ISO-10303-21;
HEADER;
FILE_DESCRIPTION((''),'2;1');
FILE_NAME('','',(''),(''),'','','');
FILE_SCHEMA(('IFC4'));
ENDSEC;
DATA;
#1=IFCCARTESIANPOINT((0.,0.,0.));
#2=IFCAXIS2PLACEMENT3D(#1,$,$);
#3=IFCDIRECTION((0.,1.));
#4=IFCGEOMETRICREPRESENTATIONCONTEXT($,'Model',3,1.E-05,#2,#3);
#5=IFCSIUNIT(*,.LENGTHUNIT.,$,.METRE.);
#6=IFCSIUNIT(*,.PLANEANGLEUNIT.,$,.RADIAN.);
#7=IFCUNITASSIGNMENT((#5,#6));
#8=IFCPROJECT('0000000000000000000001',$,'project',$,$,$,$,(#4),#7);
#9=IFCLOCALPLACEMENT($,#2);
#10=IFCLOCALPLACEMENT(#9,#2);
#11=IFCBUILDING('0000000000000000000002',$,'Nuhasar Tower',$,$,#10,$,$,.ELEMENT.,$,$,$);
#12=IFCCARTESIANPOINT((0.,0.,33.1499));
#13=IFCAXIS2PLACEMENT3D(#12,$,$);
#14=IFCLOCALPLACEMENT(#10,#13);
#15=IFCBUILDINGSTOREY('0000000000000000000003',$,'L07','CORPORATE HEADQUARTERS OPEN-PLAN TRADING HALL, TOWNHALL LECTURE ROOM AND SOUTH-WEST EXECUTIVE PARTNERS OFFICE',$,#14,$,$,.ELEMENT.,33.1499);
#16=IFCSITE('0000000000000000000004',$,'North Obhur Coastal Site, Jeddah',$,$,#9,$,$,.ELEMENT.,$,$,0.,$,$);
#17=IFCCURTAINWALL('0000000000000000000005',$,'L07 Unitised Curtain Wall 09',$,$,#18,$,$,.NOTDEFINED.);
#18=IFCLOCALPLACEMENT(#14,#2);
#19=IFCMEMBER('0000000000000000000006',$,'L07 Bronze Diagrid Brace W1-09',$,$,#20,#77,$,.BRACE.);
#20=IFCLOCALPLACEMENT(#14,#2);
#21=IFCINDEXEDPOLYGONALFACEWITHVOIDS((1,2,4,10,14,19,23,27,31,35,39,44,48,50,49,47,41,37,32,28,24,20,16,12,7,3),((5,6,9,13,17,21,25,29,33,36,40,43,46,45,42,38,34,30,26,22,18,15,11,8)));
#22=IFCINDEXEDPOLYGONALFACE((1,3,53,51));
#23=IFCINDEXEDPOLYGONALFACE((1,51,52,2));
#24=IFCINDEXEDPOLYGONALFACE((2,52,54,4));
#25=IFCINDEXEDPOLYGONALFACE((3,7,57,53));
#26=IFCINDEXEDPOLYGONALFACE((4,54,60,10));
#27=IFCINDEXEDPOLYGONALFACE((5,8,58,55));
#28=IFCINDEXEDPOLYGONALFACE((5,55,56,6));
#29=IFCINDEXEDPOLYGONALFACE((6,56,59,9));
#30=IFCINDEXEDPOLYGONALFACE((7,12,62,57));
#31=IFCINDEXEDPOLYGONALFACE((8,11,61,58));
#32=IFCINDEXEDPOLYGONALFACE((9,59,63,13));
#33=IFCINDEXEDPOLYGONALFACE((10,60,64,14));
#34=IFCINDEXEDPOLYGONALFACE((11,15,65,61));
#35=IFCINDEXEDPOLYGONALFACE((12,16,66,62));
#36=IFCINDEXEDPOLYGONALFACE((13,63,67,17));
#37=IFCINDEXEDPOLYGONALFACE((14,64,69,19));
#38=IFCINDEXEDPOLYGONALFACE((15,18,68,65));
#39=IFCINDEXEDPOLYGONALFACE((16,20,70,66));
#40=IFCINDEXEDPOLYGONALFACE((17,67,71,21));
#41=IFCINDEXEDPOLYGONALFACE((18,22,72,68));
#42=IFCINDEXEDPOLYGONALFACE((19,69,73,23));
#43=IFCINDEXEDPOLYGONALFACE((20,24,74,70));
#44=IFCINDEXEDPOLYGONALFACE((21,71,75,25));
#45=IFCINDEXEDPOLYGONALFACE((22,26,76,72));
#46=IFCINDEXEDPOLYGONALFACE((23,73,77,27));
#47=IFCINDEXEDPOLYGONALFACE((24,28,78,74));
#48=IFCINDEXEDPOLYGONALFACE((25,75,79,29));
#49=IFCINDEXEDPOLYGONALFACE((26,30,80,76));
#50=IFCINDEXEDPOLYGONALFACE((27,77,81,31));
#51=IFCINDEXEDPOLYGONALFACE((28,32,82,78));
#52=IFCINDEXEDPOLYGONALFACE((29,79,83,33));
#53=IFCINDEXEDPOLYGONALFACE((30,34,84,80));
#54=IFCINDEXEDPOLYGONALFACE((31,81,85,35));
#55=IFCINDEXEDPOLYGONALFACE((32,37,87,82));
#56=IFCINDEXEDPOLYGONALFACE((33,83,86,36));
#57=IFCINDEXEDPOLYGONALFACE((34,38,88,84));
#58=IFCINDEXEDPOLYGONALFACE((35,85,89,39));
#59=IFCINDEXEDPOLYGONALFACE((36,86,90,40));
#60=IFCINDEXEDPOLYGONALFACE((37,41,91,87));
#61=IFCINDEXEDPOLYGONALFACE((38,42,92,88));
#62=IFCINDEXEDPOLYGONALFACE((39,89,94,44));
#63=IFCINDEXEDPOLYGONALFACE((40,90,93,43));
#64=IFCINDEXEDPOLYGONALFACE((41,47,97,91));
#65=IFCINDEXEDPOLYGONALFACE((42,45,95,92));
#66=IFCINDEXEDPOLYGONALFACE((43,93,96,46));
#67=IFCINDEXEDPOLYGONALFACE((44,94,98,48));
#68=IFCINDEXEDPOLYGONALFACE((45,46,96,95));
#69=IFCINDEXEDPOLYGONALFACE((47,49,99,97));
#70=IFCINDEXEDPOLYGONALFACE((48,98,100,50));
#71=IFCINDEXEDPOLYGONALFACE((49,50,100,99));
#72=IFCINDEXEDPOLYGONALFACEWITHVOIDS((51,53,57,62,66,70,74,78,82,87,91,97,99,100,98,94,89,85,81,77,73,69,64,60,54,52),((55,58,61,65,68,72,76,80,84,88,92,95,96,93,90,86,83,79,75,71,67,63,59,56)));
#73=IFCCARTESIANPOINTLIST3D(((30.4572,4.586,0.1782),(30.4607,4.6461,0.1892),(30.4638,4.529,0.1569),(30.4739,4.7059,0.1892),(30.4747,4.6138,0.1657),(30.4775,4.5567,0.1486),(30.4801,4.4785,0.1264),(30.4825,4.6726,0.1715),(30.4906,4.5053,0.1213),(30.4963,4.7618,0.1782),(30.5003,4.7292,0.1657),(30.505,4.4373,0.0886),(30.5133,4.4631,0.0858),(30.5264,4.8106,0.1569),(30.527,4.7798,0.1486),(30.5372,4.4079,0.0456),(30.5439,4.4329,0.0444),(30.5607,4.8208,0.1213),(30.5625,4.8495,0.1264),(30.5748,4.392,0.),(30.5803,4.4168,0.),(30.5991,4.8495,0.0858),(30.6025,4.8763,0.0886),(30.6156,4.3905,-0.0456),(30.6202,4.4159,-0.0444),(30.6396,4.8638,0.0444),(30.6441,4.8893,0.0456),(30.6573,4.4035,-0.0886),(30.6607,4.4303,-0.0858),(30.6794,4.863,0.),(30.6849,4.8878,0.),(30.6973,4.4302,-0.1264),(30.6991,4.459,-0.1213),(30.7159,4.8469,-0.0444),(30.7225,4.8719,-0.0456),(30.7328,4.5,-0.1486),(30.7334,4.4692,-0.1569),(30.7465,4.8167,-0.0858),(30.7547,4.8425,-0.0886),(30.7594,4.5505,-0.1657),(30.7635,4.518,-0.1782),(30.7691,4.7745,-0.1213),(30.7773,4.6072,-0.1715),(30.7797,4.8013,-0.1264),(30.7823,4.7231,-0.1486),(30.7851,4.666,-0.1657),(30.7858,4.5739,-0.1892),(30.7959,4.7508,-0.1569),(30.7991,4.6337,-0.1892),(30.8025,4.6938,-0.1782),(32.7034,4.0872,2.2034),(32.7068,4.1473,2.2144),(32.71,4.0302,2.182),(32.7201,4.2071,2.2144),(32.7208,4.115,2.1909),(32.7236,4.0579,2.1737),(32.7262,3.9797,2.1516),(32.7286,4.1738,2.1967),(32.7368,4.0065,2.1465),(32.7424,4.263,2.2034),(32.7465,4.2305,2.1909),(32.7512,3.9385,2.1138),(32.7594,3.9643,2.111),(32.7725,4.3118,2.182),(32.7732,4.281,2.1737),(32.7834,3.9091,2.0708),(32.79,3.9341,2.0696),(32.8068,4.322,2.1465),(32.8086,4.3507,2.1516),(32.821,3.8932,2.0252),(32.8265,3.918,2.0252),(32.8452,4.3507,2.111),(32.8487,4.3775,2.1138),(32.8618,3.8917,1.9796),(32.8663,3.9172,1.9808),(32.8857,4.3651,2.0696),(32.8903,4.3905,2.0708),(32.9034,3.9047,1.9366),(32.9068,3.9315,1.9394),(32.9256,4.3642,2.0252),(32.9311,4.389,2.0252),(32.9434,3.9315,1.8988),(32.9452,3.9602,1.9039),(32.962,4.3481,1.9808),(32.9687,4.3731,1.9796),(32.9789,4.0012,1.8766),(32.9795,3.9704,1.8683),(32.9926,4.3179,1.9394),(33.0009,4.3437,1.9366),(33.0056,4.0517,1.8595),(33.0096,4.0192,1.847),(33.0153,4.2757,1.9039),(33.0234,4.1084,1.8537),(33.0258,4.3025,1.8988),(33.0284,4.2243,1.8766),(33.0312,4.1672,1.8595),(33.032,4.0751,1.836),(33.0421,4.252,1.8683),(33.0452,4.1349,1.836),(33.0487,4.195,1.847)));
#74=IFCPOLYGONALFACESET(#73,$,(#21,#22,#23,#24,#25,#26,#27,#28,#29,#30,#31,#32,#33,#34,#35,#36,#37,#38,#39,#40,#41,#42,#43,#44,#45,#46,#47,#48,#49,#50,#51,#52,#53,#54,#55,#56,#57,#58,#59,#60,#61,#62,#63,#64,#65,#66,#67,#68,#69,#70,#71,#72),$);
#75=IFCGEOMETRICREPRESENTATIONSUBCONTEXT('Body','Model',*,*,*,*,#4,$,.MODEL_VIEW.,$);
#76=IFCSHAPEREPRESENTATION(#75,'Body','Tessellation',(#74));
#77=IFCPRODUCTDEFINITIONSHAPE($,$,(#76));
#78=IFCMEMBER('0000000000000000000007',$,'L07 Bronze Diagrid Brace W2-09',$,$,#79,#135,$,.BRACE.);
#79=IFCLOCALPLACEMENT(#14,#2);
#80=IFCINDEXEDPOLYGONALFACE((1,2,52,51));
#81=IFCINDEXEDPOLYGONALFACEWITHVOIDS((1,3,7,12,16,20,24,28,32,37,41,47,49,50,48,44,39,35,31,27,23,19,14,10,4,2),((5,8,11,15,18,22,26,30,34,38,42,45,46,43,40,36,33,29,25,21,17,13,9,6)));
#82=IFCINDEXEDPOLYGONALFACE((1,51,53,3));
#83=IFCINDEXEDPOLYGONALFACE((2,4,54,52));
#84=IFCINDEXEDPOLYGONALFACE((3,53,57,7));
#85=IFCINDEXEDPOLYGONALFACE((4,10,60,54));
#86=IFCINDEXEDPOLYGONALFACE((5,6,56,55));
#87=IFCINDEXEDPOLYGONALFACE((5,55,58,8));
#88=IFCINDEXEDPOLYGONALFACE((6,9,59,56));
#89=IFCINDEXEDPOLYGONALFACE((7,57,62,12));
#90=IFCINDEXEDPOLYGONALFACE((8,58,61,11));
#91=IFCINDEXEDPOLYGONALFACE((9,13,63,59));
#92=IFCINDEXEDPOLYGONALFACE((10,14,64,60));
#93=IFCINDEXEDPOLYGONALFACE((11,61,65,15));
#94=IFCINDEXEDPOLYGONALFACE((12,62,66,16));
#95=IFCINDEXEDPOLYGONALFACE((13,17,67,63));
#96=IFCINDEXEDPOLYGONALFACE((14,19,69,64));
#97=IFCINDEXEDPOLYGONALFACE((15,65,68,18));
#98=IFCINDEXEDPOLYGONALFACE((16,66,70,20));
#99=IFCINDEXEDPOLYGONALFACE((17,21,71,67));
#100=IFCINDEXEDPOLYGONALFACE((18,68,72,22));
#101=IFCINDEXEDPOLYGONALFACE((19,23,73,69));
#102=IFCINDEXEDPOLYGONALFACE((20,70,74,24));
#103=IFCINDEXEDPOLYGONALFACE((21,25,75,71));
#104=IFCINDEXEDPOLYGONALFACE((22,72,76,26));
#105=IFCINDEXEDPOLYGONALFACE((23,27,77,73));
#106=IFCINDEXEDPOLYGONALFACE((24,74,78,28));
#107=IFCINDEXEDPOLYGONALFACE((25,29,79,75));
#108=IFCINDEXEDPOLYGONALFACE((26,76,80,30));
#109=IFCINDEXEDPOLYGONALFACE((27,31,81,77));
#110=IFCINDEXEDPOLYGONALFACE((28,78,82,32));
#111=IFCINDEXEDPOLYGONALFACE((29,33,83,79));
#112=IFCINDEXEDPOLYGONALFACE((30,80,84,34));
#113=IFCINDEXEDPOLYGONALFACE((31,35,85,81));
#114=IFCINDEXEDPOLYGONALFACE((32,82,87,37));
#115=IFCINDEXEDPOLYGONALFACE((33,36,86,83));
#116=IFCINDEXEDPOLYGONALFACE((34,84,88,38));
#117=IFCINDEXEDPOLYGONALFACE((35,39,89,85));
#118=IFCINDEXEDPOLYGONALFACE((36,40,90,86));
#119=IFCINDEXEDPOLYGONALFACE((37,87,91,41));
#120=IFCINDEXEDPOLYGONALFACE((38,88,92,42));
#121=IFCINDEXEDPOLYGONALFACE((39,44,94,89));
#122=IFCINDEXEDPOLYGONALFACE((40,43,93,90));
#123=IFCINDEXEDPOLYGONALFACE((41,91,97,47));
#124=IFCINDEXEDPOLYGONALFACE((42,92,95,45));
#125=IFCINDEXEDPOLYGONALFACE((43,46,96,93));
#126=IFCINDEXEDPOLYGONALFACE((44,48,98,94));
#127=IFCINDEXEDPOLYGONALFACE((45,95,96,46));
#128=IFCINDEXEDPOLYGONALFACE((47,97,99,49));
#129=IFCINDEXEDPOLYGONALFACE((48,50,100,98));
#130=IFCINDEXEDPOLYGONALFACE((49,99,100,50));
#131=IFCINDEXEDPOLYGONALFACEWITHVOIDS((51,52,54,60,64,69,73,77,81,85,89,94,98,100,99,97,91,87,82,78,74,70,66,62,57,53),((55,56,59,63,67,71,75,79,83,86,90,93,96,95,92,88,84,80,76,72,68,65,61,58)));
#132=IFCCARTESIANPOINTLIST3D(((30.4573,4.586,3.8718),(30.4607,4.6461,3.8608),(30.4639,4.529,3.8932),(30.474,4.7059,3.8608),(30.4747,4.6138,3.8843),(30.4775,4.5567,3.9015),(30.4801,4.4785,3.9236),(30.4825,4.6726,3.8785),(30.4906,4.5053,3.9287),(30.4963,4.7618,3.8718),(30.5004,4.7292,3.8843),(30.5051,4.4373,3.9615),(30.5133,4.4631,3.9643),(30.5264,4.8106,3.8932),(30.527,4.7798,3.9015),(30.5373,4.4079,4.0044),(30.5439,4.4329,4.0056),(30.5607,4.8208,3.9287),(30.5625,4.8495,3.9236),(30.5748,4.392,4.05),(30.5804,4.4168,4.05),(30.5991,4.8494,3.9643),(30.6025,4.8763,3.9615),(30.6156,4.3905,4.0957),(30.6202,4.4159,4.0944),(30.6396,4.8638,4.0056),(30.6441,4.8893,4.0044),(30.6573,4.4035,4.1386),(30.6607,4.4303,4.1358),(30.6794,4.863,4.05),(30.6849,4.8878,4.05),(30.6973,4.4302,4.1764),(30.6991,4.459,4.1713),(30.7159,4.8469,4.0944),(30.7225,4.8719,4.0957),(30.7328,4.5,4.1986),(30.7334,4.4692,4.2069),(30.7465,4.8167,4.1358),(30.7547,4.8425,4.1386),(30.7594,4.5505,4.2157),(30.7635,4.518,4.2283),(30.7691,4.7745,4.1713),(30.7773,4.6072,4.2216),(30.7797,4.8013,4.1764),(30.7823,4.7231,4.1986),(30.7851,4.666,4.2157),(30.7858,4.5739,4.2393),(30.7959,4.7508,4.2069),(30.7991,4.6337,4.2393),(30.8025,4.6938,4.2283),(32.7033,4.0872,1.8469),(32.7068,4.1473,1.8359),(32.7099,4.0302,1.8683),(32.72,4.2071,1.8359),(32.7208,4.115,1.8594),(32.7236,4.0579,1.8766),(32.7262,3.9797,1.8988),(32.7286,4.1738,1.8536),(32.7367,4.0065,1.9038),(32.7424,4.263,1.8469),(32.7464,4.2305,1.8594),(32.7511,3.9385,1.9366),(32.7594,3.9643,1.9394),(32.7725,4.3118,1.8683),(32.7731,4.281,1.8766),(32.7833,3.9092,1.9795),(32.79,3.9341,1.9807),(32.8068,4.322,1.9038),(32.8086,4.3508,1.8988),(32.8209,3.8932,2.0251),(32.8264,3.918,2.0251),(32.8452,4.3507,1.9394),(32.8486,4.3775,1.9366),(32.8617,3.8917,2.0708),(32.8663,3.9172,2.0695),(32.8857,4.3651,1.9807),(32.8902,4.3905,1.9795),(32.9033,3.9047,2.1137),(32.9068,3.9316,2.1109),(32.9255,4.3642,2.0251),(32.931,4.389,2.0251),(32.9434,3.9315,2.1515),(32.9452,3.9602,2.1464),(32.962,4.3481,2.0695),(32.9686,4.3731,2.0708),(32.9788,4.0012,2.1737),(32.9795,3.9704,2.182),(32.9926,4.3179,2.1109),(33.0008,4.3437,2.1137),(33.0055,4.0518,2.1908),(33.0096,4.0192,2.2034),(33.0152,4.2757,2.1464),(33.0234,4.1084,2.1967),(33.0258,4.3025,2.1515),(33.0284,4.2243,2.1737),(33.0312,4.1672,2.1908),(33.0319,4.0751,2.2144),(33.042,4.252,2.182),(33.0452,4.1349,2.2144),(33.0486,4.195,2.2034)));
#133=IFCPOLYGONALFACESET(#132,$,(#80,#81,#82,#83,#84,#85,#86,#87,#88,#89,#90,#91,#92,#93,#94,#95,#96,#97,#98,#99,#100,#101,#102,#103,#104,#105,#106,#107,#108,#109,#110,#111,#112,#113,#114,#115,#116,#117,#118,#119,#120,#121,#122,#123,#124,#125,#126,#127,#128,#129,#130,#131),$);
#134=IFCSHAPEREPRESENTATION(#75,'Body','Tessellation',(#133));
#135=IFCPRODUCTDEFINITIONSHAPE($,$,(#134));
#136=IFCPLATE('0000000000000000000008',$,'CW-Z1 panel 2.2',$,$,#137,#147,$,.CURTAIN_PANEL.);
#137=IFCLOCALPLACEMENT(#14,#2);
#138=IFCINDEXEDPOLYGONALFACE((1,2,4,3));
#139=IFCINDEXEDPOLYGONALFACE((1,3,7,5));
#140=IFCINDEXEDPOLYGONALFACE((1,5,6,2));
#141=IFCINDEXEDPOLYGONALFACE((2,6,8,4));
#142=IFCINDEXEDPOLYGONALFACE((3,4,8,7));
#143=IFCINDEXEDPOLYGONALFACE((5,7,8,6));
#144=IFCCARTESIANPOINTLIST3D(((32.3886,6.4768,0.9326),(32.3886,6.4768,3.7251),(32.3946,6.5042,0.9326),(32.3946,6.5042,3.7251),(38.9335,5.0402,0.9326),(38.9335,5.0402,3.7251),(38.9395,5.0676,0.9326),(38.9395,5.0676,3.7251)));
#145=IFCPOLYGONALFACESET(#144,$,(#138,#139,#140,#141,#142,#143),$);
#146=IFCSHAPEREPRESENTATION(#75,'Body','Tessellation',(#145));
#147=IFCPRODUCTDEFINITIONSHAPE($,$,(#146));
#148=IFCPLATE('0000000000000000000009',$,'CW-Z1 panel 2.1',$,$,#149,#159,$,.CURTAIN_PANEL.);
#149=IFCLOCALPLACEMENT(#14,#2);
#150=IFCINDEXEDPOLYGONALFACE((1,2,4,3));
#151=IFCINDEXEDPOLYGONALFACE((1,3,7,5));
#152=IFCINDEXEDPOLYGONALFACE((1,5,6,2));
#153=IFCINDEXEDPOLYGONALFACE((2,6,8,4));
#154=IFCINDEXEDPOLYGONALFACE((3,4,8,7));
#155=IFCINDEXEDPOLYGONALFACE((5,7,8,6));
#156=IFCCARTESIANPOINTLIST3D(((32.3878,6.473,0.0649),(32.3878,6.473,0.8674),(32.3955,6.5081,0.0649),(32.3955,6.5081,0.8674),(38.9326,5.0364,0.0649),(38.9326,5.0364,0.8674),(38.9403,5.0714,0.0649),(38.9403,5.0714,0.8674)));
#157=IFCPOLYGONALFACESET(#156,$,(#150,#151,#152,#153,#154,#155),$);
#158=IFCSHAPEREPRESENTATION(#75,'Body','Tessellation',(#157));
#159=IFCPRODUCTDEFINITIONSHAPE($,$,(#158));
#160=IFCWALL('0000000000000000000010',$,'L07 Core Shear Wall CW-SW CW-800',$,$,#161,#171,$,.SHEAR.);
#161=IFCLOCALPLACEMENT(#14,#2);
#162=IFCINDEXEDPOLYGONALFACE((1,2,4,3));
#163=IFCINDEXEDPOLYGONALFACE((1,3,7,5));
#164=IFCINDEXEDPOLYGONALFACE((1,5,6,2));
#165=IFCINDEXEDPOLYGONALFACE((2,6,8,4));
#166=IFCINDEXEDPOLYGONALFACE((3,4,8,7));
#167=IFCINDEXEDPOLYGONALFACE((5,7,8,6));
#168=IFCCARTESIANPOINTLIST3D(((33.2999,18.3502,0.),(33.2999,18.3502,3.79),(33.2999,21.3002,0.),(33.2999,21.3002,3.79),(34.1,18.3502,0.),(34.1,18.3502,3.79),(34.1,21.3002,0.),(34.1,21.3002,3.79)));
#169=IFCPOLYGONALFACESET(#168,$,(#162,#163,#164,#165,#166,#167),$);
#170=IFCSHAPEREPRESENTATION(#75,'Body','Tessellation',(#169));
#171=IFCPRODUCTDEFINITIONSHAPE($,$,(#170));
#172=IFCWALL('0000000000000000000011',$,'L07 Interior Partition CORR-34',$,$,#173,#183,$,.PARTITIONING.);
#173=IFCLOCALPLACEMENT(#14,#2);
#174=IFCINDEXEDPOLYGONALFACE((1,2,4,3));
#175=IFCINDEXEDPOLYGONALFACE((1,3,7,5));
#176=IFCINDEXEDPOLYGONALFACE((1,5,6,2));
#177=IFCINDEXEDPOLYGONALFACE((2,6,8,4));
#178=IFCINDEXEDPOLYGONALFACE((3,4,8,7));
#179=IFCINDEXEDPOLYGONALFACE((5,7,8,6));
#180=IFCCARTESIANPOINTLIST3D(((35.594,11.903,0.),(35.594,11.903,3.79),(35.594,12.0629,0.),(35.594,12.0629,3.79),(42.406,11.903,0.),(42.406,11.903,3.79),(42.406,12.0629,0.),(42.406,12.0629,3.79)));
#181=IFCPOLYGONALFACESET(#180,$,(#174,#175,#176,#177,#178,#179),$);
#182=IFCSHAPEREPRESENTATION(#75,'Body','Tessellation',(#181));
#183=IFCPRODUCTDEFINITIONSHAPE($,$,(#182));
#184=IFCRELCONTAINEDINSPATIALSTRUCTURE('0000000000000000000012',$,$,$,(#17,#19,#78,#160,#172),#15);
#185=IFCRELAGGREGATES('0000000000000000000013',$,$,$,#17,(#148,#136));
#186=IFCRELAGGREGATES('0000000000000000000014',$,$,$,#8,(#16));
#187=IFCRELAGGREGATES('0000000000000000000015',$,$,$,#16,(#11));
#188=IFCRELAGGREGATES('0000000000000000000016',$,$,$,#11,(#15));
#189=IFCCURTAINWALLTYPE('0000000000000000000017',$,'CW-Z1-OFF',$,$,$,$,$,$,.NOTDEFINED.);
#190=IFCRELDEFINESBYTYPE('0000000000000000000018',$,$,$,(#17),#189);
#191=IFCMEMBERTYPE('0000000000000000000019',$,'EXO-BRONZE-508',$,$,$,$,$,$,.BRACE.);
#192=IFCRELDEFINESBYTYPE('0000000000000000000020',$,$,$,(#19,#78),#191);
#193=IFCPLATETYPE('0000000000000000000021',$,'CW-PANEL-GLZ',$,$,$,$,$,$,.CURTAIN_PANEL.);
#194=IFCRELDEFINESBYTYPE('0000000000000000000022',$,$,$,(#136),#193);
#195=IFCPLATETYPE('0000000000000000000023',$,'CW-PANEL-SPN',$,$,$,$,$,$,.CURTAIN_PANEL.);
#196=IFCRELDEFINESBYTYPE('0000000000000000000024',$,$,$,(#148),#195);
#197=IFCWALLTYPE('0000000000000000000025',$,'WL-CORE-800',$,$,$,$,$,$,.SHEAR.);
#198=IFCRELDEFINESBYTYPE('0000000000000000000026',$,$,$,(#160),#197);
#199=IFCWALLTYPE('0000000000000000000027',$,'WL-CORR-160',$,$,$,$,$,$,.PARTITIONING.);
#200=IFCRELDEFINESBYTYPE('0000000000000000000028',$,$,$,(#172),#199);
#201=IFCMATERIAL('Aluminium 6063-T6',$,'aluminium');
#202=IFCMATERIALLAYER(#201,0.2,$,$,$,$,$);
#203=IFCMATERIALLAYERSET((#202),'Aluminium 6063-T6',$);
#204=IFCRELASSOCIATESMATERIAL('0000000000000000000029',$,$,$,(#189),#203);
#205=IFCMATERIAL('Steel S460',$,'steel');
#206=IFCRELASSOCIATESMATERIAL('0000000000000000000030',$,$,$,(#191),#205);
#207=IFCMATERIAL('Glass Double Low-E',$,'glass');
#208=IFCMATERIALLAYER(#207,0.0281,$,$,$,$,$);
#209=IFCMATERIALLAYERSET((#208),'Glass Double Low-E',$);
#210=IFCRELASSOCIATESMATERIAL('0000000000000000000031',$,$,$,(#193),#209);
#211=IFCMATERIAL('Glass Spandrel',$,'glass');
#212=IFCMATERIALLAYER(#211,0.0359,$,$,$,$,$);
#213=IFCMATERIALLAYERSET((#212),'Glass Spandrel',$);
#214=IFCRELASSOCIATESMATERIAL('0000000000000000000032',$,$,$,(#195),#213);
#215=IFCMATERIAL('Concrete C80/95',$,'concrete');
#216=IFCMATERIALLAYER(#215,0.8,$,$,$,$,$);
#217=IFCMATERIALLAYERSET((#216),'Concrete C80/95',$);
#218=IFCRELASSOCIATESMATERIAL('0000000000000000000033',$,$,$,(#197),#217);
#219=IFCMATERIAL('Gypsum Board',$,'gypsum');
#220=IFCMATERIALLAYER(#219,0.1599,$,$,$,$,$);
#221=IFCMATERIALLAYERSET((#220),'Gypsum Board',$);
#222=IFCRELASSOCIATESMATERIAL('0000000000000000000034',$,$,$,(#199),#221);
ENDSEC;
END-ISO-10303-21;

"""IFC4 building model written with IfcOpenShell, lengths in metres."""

from ifc_helpers import new_model, si_unit, direction, frame, frame_2d, origin, origin_2d, place, context, subcontext, project, spatial, rectangle, hollow_circle, extrude, material, layer, layer_set, material_profile, profile_set, type_object, element, aggregate, save


model = new_model("IFC4")

# Units and contexts
model_context = context("Model", 3, precision=1e-05, world=origin(), true_north=direction((0.0, 1.0)))
body_context = subcontext(model_context, "Body", "Model", "MODEL_VIEW")
ifc_project = project(units=[si_unit("LENGTHUNIT", "METRE"), si_unit("PLANEANGLEUNIT", "RADIAN")], contexts=[model_context])

# Site, building, storey
site_placement = place(None, origin())
site = spatial("IfcSite", under=ifc_project, at=site_placement, Name="North Obhur Coastal Site, Jeddah", CompositionType="ELEMENT", RefElevation=0.0)
building_placement = place(site_placement, origin())
building = spatial("IfcBuilding", under=site, at=building_placement, Name="Nuhasar Tower", CompositionType="ELEMENT")
storey_placement = place(building_placement, frame((0.0, 0.0, 33.1499)))
storey = spatial("IfcBuildingStorey", under=building, at=storey_placement, Name="L07", Description="CORPORATE HEADQUARTERS OPEN-PLAN TRADING HALL, TOWNHALL LECTURE ROOM AND SOUTH-WEST EXECUTIVE PARTNERS OFFICE", CompositionType="ELEMENT", Elevation=33.1499)

# Shared definitions
ifc_material_1 = material(Name="Concrete C80/95", Category="concrete")

# Curtain wall
ifc_material_2 = material(Name="Aluminium 6063-T6", Category="aluminium")
ifc_layer_1 = layer(ifc_material_2, 0.2)
ifc_layer_set_1 = layer_set([ifc_layer_1], Name="Aluminium 6063-T6")
curtain_wall_type = type_object("IfcCurtainWallType", Name="CW-Z1-OFF", PredefinedType="NOTDEFINED", material=ifc_layer_set_1)
curtain_wall_placement = place(storey_placement, origin())
curtain_wall = element("IfcCurtainWall", 1, at=curtain_wall_placement, inside=storey, type_object=curtain_wall_type, Name="L07 Unitised Curtain Wall 09", PredefinedType="NOTDEFINED")

# Members
ifc_material_3 = material(Name="Steel S460", Category="steel")
ifc_material_profile_1 = material_profile(ifc_material_3, hollow_circle(Radius=0.2539, WallThickness=0.0254, at=origin_2d()), Name="HSS508X25.4")
ifc_profile_set_1 = profile_set([ifc_material_profile_1], Name="Steel S460")
member_type_1 = type_object("IfcMemberType", Name="EXO-BRONZE-508", PredefinedType="BRACE", material=ifc_profile_set_1)
member_1_placement = place(storey_placement, frame((30.6299, 4.6399, 0.0), z_axis=(0.732792, -0.162728, 0.660708), x_axis=(0.216784, 0.97622, 0.0)))
element("IfcMember", 2, at=member_1_placement, inside=storey, type_object=member_type_1, Name="L07 Bronze Diagrid Brace W1-09", PredefinedType="BRACE", context=body_context, shape_type="SweptSolid", body=[
    extrude(hollow_circle(Radius=0.2539, WallThickness=0.0254, at=origin_2d()), origin(), (0.0, 0.0, 1.0), 3.0652),
])
member_2_placement = place(storey_placement, frame((32.876, 4.1411, 2.0251), z_axis=(-0.732831, 0.162736, 0.660663), x_axis=(-0.216784, -0.97622, 0.0)))
element("IfcMember", 3, at=member_2_placement, inside=storey, type_object=member_type_1, Name="L07 Bronze Diagrid Brace W2-09", PredefinedType="BRACE", context=body_context, shape_type="SweptSolid", body=[
    extrude(hollow_circle(Radius=0.2539, WallThickness=0.0254, at=origin_2d()), origin(), (0.0, 0.0, 1.0), 3.0649),
])

# Plates
ifc_material_4 = material(Name="Glass Double Low-E", Category="glass")
ifc_layer_2 = layer(ifc_material_4, 0.0281)
ifc_layer_set_2 = layer_set([ifc_layer_2], Name="Glass Double Low-E")
plate_type_1 = type_object("IfcPlateType", Name="CW-PANEL-GLZ", PredefinedType="CURTAIN_PANEL", material=ifc_layer_set_2)
plate_1_placement = place(storey_placement, frame((35.6641, 5.7722, 0.9326), z_axis=(0.0, 0.0, 1.0), x_axis=(0.976746, -0.214399, 0.0)))
plate_1 = element("IfcPlate", 4, at=plate_1_placement, type_object=plate_type_1, Name="CW-Z1 panel 2.2", PredefinedType="CURTAIN_PANEL", context=body_context, shape_type="SweptSolid", body=[
    extrude(rectangle(XDim=6.7007, YDim=0.0281, at=origin_2d()), origin(), (0.0, 0.0, 1.0), 2.7925),
])
ifc_material_5 = material(Name="Glass Spandrel", Category="glass")
ifc_layer_3 = layer(ifc_material_5, 0.0359)
ifc_layer_set_3 = layer_set([ifc_layer_3], Name="Glass Spandrel")
plate_type_2 = type_object("IfcPlateType", Name="CW-PANEL-SPN", PredefinedType="CURTAIN_PANEL", material=ifc_layer_set_3)
plate_2_placement = place(storey_placement, frame((35.6641, 5.7722, 0.0649), z_axis=(0.0, 0.0, 1.0), x_axis=(0.976746, -0.214399, 0.0)))
plate_2 = element("IfcPlate", 5, at=plate_2_placement, type_object=plate_type_2, Name="CW-Z1 panel 2.1", PredefinedType="CURTAIN_PANEL", context=body_context, shape_type="SweptSolid", body=[
    extrude(rectangle(XDim=6.7007, YDim=0.0359, at=origin_2d()), origin(), (0.0, 0.0, 1.0), 0.8025),
])
aggregate(curtain_wall, [plate_2, plate_1])

# Wall
ifc_layer_4 = layer(ifc_material_1, 0.8)
ifc_layer_set_4 = layer_set([ifc_layer_4], Name="Concrete C80/95")
wall_type_1 = type_object("IfcWallType", Name="WL-CORE-800", PredefinedType="SHEAR", material=ifc_layer_set_4)
wall_1_placement = place(storey_placement, frame((33.7, 18.3501, 0.0), z_axis=(0.0, 0.0, 1.0), x_axis=(0.0, 1.0, 0.0)))
element("IfcWall", 6, at=wall_1_placement, inside=storey, type_object=wall_type_1, Name="L07 Core Shear Wall CW-SW CW-800", PredefinedType="SHEAR", context=body_context, shape_type="SweptSolid", body=[
    extrude(rectangle(XDim=2.95, YDim=0.8, at=frame_2d((1.4751, 0.0))), origin(), (0.0, 0.0, 1.0), 3.79),
])

# Shared definitions
ifc_material_6 = material(Name="Gypsum Board", Category="gypsum")
ifc_layer_5 = layer(ifc_material_6, 0.1599)
ifc_layer_set_5 = layer_set([ifc_layer_5], Name="Gypsum Board")
wall_type_2 = type_object("IfcWallType", Name="WL-CORR-160", PredefinedType="PARTITIONING", material=ifc_layer_set_5)

# Wall
wall_2_placement = place(storey_placement, frame((35.594, 11.9829, 0.0), z_axis=(0.0, 0.0, 1.0), x_axis=(1.0, 0.0, 0.0)))
element("IfcWall", 7, at=wall_2_placement, inside=storey, type_object=wall_type_2, Name="L07 Interior Partition CORR-34", PredefinedType="PARTITIONING", context=body_context, shape_type="SweptSolid", body=[
    extrude(rectangle(XDim=6.812, YDim=0.1599, at=frame_2d((3.406, 0.0))), origin(), (0.0, 0.0, 1.0), 3.79),
])

save(model, "model.ifc")
